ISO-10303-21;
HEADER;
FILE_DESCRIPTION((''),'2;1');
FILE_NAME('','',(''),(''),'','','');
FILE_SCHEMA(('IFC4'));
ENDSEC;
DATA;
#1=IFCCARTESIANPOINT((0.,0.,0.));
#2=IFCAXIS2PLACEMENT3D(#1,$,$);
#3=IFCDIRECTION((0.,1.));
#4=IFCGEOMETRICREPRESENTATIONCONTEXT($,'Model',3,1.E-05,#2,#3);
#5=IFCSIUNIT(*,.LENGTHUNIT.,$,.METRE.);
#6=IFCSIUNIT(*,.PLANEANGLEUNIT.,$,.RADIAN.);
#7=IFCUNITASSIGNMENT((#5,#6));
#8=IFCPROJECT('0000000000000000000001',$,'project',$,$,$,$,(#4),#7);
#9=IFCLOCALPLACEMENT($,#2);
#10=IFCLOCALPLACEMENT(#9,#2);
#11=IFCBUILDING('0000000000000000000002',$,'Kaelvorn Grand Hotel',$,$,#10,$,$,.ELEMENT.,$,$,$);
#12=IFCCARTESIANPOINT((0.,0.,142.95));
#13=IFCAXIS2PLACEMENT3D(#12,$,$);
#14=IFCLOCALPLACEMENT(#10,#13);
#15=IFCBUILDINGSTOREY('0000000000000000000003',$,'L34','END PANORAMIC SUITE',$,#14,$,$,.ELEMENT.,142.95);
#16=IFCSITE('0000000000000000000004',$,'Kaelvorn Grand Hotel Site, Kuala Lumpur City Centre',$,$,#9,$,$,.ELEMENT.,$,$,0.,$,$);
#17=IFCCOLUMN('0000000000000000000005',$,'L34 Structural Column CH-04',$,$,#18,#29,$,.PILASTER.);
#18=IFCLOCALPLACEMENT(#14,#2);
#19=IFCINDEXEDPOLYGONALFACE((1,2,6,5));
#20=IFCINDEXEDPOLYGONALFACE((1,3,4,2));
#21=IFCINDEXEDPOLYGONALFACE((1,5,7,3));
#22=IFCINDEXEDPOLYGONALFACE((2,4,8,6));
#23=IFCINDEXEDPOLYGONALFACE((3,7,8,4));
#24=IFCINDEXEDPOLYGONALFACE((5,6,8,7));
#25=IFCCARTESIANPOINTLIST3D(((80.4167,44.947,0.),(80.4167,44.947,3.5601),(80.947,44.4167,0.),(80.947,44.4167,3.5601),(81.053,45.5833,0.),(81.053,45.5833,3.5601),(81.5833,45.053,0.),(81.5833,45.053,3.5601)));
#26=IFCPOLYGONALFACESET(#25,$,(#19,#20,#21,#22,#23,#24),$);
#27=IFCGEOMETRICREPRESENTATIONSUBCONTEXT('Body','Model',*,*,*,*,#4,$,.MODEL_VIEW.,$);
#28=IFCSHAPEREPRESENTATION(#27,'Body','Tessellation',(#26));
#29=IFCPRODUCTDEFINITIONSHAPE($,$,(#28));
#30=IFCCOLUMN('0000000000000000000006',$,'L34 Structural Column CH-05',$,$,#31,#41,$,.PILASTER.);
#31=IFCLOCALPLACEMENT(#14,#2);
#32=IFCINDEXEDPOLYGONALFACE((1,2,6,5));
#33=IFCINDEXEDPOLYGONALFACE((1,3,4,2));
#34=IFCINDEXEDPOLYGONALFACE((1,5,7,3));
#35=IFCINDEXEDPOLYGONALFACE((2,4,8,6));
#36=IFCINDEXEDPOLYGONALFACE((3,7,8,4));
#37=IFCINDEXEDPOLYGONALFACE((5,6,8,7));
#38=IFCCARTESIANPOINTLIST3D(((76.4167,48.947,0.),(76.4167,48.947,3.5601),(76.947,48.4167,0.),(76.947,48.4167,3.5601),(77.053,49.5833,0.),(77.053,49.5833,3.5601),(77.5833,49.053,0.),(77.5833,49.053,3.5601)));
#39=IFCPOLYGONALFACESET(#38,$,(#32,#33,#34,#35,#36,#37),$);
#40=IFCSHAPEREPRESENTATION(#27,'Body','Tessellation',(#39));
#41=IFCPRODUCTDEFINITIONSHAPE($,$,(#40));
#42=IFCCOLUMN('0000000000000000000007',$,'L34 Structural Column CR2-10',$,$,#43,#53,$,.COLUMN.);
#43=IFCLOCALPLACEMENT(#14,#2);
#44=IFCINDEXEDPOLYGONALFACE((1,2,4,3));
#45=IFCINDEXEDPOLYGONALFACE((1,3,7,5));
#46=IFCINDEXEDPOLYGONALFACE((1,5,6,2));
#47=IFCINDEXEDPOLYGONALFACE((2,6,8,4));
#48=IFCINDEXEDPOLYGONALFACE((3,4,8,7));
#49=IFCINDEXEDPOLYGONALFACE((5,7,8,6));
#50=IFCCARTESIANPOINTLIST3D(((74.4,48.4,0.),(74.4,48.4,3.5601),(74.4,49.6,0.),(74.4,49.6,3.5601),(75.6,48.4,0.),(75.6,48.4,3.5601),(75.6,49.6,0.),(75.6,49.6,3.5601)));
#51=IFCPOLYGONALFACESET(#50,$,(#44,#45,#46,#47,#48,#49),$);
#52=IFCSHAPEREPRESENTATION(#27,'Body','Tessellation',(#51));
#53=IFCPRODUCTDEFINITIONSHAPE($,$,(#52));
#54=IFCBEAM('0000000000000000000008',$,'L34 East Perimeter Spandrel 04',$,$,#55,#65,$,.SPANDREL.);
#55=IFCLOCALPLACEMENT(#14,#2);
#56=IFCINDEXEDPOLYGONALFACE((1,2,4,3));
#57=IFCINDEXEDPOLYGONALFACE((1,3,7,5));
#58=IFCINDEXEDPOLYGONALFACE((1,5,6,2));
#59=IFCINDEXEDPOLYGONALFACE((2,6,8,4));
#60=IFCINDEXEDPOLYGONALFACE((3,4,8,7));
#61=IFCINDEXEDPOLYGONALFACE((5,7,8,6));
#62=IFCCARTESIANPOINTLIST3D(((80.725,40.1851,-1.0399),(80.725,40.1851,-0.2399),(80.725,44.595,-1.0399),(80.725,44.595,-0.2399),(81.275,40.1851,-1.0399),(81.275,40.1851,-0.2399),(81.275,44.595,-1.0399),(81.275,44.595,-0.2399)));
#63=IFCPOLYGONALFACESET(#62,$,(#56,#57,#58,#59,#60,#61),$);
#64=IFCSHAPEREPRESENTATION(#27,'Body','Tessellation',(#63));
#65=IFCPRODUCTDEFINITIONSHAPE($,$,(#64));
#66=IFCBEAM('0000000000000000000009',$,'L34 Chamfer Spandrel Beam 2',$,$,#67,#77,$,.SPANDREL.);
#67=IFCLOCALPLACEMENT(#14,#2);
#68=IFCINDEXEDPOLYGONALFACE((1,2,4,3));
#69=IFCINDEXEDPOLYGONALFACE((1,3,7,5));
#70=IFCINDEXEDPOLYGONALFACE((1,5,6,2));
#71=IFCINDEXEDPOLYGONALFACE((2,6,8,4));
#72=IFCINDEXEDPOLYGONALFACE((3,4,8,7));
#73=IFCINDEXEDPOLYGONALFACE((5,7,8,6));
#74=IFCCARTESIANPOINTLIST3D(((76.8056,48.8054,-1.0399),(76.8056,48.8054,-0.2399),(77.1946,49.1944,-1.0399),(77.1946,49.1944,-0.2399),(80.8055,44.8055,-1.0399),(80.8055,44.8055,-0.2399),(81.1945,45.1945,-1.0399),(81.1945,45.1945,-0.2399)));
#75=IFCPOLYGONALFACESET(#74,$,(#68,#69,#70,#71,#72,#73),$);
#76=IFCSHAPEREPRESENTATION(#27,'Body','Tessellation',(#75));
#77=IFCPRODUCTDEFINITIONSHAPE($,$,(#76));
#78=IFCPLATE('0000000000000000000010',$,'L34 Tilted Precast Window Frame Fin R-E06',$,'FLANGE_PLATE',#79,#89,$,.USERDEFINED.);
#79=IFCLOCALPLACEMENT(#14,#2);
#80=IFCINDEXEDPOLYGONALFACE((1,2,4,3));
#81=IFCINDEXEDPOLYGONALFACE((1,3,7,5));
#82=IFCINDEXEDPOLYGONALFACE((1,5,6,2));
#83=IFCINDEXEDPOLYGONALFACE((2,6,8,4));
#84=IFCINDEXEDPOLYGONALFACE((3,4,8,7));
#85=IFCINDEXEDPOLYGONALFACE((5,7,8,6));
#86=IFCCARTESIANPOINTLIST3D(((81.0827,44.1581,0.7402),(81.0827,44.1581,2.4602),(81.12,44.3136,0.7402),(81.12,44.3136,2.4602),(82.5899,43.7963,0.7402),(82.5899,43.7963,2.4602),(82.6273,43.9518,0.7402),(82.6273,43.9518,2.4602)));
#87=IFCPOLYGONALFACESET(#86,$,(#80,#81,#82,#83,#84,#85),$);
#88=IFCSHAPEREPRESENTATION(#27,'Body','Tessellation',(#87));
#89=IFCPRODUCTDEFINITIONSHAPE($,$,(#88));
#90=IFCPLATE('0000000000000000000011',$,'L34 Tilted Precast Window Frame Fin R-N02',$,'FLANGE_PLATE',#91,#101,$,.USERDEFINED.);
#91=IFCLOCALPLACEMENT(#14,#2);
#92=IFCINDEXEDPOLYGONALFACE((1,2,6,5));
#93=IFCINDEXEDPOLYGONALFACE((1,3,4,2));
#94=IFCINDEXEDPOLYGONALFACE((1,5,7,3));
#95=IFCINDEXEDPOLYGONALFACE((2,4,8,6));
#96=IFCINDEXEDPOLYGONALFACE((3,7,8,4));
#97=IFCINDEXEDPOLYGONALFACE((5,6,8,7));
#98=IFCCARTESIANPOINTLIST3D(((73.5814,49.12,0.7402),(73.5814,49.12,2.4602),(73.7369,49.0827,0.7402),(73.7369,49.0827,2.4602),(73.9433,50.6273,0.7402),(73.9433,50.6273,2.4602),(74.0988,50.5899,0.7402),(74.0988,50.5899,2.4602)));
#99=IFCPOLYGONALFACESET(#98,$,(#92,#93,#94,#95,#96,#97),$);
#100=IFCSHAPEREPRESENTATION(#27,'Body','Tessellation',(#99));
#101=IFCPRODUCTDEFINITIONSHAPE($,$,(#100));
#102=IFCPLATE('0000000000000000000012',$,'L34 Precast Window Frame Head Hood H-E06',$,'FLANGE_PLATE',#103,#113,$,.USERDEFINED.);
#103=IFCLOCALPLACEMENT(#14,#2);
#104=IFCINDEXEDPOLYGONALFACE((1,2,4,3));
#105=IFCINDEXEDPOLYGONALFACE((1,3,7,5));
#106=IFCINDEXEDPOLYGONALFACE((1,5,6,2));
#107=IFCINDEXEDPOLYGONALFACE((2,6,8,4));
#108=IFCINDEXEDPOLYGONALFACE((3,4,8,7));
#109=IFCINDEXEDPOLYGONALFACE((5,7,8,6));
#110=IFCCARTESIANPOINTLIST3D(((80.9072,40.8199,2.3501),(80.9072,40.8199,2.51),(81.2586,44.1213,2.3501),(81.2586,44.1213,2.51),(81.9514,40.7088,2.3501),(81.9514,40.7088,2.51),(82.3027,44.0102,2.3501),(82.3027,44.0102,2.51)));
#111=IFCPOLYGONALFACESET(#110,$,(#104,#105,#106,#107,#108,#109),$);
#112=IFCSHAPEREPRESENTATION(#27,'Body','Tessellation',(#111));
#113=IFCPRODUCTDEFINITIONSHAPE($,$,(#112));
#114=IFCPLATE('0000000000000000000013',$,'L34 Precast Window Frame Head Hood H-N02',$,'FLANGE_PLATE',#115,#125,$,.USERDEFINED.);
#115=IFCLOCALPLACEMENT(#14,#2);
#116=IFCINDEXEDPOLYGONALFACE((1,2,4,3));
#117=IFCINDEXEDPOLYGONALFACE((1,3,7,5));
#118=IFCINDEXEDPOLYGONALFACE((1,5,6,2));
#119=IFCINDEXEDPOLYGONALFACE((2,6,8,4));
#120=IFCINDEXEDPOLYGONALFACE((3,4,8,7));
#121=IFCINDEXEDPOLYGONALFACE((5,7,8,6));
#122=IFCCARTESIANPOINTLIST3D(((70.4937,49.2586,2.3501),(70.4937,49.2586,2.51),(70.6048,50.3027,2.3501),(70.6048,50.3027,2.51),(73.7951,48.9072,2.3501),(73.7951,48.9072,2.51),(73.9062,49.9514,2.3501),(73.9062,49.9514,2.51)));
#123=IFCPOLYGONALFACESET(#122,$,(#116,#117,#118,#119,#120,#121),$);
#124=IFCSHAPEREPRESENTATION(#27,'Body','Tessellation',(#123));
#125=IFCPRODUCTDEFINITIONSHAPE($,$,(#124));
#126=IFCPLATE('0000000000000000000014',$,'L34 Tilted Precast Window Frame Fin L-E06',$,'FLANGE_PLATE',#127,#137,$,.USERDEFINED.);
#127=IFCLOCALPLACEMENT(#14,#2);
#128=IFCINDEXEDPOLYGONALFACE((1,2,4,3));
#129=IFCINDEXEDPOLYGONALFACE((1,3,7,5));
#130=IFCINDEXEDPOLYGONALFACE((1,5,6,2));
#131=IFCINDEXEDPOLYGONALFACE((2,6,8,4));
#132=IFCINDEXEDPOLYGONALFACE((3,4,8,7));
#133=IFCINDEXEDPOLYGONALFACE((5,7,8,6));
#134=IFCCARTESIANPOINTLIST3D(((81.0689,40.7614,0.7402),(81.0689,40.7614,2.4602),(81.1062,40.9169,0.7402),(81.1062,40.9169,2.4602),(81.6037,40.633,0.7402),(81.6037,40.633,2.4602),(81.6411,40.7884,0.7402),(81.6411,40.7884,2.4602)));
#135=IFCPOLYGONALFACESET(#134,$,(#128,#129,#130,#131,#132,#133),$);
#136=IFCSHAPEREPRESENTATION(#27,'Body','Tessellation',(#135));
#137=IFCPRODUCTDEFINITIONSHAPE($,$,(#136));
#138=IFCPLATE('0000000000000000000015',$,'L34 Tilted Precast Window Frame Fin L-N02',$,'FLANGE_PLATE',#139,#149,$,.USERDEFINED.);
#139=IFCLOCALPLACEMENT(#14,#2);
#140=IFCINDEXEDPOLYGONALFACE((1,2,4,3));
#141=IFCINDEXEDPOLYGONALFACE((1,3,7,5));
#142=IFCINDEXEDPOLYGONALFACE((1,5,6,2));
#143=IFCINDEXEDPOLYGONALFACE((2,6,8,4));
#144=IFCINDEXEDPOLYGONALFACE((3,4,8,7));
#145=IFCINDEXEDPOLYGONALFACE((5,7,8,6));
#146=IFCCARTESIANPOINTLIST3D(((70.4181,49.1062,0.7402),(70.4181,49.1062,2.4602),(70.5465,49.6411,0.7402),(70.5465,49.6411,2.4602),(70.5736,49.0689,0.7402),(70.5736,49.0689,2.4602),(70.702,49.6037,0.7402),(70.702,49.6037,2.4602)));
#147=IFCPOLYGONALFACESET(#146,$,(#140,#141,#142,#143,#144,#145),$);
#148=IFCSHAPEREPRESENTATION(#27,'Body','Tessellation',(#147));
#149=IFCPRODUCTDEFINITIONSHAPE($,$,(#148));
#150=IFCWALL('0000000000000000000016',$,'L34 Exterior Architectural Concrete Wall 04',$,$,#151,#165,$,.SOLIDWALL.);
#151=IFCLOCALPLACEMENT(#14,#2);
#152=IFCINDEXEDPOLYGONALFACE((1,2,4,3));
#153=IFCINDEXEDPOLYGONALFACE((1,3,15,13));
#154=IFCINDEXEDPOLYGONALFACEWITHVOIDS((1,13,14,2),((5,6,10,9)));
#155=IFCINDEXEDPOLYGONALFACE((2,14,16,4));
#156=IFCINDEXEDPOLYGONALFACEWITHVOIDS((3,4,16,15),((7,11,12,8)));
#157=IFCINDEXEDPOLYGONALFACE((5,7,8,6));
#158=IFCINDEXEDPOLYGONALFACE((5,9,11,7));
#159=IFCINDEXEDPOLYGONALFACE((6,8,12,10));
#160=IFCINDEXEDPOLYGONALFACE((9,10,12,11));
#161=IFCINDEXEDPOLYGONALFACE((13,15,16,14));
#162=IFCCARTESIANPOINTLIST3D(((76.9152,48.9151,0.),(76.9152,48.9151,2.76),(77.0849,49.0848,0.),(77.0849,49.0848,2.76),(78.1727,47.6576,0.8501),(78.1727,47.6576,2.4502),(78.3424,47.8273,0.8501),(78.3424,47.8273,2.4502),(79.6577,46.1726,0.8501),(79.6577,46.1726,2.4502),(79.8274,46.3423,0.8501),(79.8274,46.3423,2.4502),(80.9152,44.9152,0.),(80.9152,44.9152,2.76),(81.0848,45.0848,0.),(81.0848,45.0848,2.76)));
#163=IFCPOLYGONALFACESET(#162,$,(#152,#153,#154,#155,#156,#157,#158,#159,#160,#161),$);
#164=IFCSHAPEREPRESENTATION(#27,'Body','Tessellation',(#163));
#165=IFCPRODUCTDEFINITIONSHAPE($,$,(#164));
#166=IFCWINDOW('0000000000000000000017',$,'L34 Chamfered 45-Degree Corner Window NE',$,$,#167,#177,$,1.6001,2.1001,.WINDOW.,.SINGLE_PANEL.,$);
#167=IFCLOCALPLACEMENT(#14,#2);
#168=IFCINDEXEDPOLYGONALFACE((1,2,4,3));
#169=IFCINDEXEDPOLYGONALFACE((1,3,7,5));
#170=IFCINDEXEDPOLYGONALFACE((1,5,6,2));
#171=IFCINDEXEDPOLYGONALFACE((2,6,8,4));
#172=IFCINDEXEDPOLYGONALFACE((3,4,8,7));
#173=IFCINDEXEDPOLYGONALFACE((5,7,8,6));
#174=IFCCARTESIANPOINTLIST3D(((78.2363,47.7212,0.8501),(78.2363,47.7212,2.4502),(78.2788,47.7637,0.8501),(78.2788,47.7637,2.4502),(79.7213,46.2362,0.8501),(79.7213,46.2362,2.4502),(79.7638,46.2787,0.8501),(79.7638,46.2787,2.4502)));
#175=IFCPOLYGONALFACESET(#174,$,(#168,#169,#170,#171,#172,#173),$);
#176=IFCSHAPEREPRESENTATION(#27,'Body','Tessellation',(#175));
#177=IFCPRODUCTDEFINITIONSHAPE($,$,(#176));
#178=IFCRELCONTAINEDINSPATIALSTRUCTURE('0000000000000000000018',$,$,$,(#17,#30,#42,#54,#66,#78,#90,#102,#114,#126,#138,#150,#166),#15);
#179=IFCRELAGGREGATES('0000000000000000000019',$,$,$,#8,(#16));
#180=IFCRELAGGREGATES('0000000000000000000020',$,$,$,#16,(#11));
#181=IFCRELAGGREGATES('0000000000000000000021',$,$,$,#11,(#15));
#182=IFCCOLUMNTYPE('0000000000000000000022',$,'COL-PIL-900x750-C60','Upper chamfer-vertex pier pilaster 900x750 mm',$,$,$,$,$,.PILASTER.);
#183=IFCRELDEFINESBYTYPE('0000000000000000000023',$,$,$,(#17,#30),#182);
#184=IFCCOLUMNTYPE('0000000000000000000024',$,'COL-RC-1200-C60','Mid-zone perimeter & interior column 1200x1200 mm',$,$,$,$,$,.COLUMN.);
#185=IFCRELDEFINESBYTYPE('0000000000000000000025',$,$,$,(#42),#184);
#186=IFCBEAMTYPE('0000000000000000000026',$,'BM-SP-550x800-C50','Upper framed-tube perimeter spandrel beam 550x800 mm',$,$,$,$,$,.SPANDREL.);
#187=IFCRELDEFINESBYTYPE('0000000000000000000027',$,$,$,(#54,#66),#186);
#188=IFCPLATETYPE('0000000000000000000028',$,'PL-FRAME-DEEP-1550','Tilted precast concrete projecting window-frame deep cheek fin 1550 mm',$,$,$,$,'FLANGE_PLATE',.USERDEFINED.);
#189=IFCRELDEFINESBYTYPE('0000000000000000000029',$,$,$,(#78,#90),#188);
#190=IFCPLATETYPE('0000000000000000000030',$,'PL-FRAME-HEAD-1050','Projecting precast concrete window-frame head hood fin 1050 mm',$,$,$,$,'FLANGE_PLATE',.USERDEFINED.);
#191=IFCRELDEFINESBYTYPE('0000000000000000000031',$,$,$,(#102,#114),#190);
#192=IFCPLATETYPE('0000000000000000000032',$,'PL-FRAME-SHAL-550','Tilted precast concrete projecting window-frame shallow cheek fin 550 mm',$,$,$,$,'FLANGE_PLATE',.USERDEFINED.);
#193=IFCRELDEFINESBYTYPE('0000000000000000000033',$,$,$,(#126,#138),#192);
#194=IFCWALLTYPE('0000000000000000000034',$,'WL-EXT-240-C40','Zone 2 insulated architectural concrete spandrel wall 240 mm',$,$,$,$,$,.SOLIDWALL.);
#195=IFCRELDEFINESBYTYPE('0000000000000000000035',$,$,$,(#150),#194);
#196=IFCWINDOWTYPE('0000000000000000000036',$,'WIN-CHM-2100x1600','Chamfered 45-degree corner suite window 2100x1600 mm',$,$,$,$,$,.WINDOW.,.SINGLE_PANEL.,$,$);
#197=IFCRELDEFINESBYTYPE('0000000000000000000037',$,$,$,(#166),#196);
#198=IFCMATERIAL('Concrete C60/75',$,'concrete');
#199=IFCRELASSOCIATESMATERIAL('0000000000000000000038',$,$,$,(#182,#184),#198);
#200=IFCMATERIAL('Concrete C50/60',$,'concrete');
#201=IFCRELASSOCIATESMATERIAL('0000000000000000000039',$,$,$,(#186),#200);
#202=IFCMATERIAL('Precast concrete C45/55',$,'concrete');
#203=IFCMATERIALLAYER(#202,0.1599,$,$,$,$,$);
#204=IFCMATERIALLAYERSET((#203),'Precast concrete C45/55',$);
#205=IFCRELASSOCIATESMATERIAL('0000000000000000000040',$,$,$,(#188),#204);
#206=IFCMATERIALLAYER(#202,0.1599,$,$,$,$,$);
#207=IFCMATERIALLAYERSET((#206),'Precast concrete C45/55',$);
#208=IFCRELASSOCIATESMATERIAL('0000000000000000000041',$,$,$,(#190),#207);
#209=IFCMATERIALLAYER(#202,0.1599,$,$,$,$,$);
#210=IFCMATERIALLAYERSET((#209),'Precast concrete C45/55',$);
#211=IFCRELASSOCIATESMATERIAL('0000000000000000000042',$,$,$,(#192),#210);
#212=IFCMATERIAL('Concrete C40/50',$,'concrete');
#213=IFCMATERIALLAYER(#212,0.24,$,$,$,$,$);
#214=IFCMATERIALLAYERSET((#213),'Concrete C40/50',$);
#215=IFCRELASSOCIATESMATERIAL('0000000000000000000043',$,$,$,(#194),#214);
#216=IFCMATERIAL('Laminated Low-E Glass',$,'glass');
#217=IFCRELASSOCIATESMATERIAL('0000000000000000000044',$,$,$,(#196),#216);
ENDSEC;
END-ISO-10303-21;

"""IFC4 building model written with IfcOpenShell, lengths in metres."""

from ifc_helpers import new_model, si_unit, direction, frame, frame_2d, origin, origin_2d, place, context, subcontext, project, spatial, rectangle, extrude, material, layer, layer_set, material_profile, profile_set, type_object, element, fill, save


model = new_model("IFC4")

# Units and contexts
model_context = context("Model", 3, precision=1e-05, world=origin(), true_north=direction((0.0, 1.0)))
body_context = subcontext(model_context, "Body", "Model", "MODEL_VIEW")
ifc_project = project(units=[si_unit("LENGTHUNIT", "METRE"), si_unit("PLANEANGLEUNIT", "RADIAN")], contexts=[model_context])

# Site, building, storey
site_placement = place(None, origin())
site = spatial("IfcSite", under=ifc_project, at=site_placement, Name="Kaelvorn Grand Hotel Site, Kuala Lumpur City Centre", CompositionType="ELEMENT", RefElevation=0.0)
building_placement = place(site_placement, origin())
building = spatial("IfcBuilding", under=site, at=building_placement, Name="Kaelvorn Grand Hotel", CompositionType="ELEMENT")
storey_placement = place(building_placement, frame((0.0, 0.0, 142.95)))
storey = spatial("IfcBuildingStorey", under=building, at=storey_placement, Name="L34", Description="END PANORAMIC SUITE", CompositionType="ELEMENT", Elevation=142.95)

# Columns
ifc_material_1 = material(Name="Concrete C60/75", Category="concrete")
ifc_material_profile_1 = material_profile(ifc_material_1, rectangle(XDim=0.8999, YDim=0.75, at=origin_2d()), Name="RC PILASTER 900x750")
ifc_profile_set_1 = profile_set([ifc_material_profile_1], Name="Concrete C60/75")
column_type_1 = type_object("IfcColumnType", Name="COL-PIL-900x750-C60", Description="Upper chamfer-vertex pier pilaster 900x750 mm", PredefinedType="PILASTER", material=ifc_profile_set_1)
for number, where, z_axis, x_axis, name in (
    (1, (81.0, 45.0, 0.0), (0.0, 0.0, 1.0), (0.707107, 0.707107, 0.0), "L34 Structural Column CH-04"),
    (2, (77.0, 49.0, 0.0), (0.0, 0.0, 1.0), (0.707107, 0.707107, 0.0), "L34 Structural Column CH-05"),
):
    element("IfcColumn", number, at=place(storey_placement, frame(where, z_axis=z_axis, x_axis=x_axis)), inside=storey, type_object=column_type_1, Name=name, PredefinedType="PILASTER", context=body_context, shape_type="SweptSolid", body=[
        extrude(rectangle(XDim=0.8999, YDim=0.75, at=origin_2d()), origin(), (0.0, 0.0, 1.0), 3.5601),
    ])
ifc_material_profile_2 = material_profile(ifc_material_1, rectangle(XDim=1.2, YDim=1.2, at=origin_2d()), Name="RC COL 1200x1200")
ifc_profile_set_2 = profile_set([ifc_material_profile_2], Name="Concrete C60/75")
column_type_2 = type_object("IfcColumnType", Name="COL-RC-1200-C60", Description="Mid-zone perimeter & interior column 1200x1200 mm", PredefinedType="COLUMN", material=ifc_profile_set_2)
column_placement = place(storey_placement, frame((75.0, 49.0, 0.0), z_axis=(0.0, 0.0, 1.0), x_axis=(1.0, 0.0, 0.0)))
element("IfcColumn", 3, at=column_placement, inside=storey, type_object=column_type_2, Name="L34 Structural Column CR2-10", PredefinedType="COLUMN", context=body_context, shape_type="SweptSolid", body=[
    extrude(rectangle(XDim=1.2, YDim=1.2, at=origin_2d()), origin(), (0.0, 0.0, 1.0), 3.5601),
])

# Beams
ifc_material_2 = material(Name="Concrete C50/60", Category="concrete")
ifc_material_profile_3 = material_profile(ifc_material_2, rectangle(XDim=0.55, YDim=0.8, at=origin_2d()), Name="RC SPANDREL 550x800")
ifc_profile_set_3 = profile_set([ifc_material_profile_3], Name="Concrete C50/60")
beam_type = type_object("IfcBeamType", Name="BM-SP-550x800-C50", Description="Upper framed-tube perimeter spandrel beam 550x800 mm", PredefinedType="SPANDREL", material=ifc_profile_set_3)
beam_1_placement = place(storey_placement, frame((81.0, 40.1851, -0.6399), z_axis=(0.0, 1.0, 0.0), x_axis=(-1.0, 0.0, 0.0)))
element("IfcBeam", 4, at=beam_1_placement, inside=storey, type_object=beam_type, Name="L34 East Perimeter Spandrel 04", PredefinedType="SPANDREL", context=body_context, shape_type="SweptSolid", body=[
    extrude(rectangle(XDim=0.55, YDim=0.8, at=origin_2d()), origin(), (0.0, 0.0, 1.0), 4.4099),
])
beam_2_placement = place(storey_placement, frame((81.0, 45.0, -0.6399), z_axis=(-0.707107, 0.707107, 0.0), x_axis=(-0.707107, -0.707107, 0.0)))
element("IfcBeam", 5, at=beam_2_placement, inside=storey, type_object=beam_type, Name="L34 Chamfer Spandrel Beam 2", PredefinedType="SPANDREL", context=body_context, shape_type="SweptSolid", body=[
    extrude(rectangle(XDim=0.55, YDim=0.8, at=origin_2d()), origin(), (0.0, 0.0, 1.0), 5.6567),
])

# Plates
ifc_material_3 = material(Name="Precast concrete C45/55", Category="concrete")
ifc_layer_1 = layer(ifc_material_3, 0.1599)
ifc_layer_set_1 = layer_set([ifc_layer_1], Name="Precast concrete C45/55")
plate_type_1 = type_object("IfcPlateType", Name="PL-FRAME-DEEP-1550", Description="Tilted precast concrete projecting window-frame deep cheek fin 1550 mm", ElementType="FLANGE_PLATE", PredefinedType="USERDEFINED", material=ifc_layer_set_1)
for number, where, z_axis, x_axis, name in (
    (6, (81.855, 44.0549, 0.7402), (0.0, 0.0, 1.0), (0.233445, 0.97237, 0.0), "L34 Tilted Precast Window Frame Fin R-E06"),
    (7, (73.8401, 49.855, 0.7402), (0.0, 0.0, 1.0), (0.97237, -0.233445, 0.0), "L34 Tilted Precast Window Frame Fin R-N02"),
):
    element("IfcPlate", number, at=place(storey_placement, frame(where, z_axis=z_axis, x_axis=x_axis)), inside=storey, type_object=plate_type_1, Name=name, ObjectType="FLANGE_PLATE", PredefinedType="USERDEFINED", context=body_context, shape_type="SweptSolid", body=[
        extrude(rectangle(XDim=0.1599, YDim=1.55, at=origin_2d()), origin(), (0.0, 0.0, 1.0), 1.72),
    ])
ifc_layer_2 = layer(ifc_material_3, 0.1599)
ifc_layer_set_2 = layer_set([ifc_layer_2], Name="Precast concrete C45/55")
plate_type_2 = type_object("IfcPlateType", Name="PL-FRAME-HEAD-1050", Description="Projecting precast concrete window-frame head hood fin 1050 mm", ElementType="FLANGE_PLATE", PredefinedType="USERDEFINED", material=ifc_layer_set_2)
for number, where, z_axis, x_axis, name in (
    (8, (81.605, 42.415, 2.3501), (0.0, 0.0, 1.0), (0.10583, 0.994384, 0.0), "L34 Precast Window Frame Head Hood H-E06"),
    (9, (72.2, 49.605, 2.3501), (0.0, 0.0, 1.0), (0.994384, -0.10583, 0.0), "L34 Precast Window Frame Head Hood H-N02"),
):
    element("IfcPlate", number, at=place(storey_placement, frame(where, z_axis=z_axis, x_axis=x_axis)), inside=storey, type_object=plate_type_2, Name=name, ObjectType="FLANGE_PLATE", PredefinedType="USERDEFINED", context=body_context, shape_type="SweptSolid", body=[
        extrude(rectangle(XDim=3.3201, YDim=1.05, at=origin_2d()), origin(), (0.0, 0.0, 1.0), 0.1599),
    ])
ifc_layer_3 = layer(ifc_material_3, 0.1599)
ifc_layer_set_3 = layer_set([ifc_layer_3], Name="Precast concrete C45/55")
plate_type_3 = type_object("IfcPlateType", Name="PL-FRAME-SHAL-550", Description="Tilted precast concrete projecting window-frame shallow cheek fin 550 mm", ElementType="FLANGE_PLATE", PredefinedType="USERDEFINED", material=ifc_layer_set_3)
for number, where, z_axis, x_axis, name in (
    (10, (81.355, 40.7749, 0.7402), (0.0, 0.0, 1.0), (0.233445, 0.97237, 0.0), "L34 Tilted Precast Window Frame Fin L-E06"),
    (11, (70.5601, 49.355, 0.7402), (0.0, 0.0, 1.0), (0.97237, -0.233445, 0.0), "L34 Tilted Precast Window Frame Fin L-N02"),
):
    element("IfcPlate", number, at=place(storey_placement, frame(where, z_axis=z_axis, x_axis=x_axis)), inside=storey, type_object=plate_type_3, Name=name, ObjectType="FLANGE_PLATE", PredefinedType="USERDEFINED", context=body_context, shape_type="SweptSolid", body=[
        extrude(rectangle(XDim=0.1599, YDim=0.55, at=origin_2d()), origin(), (0.0, 0.0, 1.0), 1.72),
    ])

# Wall, opening, window
ifc_material_4 = material(Name="Concrete C40/50", Category="concrete")
ifc_layer_4 = layer(ifc_material_4, 0.24)
ifc_layer_set_4 = layer_set([ifc_layer_4], Name="Concrete C40/50")
wall_type = type_object("IfcWallType", Name="WL-EXT-240-C40", Description="Zone 2 insulated architectural concrete spandrel wall 240 mm", PredefinedType="SOLIDWALL", material=ifc_layer_set_4)
wall_1_placement = place(storey_placement, frame((81.0, 45.0, 0.0), z_axis=(0.0, 0.0, 1.0), x_axis=(-0.707107, 0.707107, 0.0)))
wall_1 = element("IfcWall", 12, at=wall_1_placement, inside=storey, type_object=wall_type, Name="L34 Exterior Architectural Concrete Wall 04", PredefinedType="SOLIDWALL", context=body_context, shape_type="SweptSolid", body=[
    extrude(rectangle(XDim=5.6567, YDim=0.24, at=frame_2d((2.8284, 0.0))), origin(), (0.0, 0.0, 1.0), 2.76),
])
opening_1_placement = place(wall_1_placement, frame((1.7783, 0.0, 0.8501)))
opening_1 = element("IfcOpeningElement", 13, at=opening_1_placement, cuts=wall_1, PredefinedType="OPENING", context=body_context, shape_type="SweptSolid", body=[
    extrude(rectangle(XDim=2.1001, YDim=1.6001, at=frame_2d((1.05, 0.8))), frame((0.0, 0.1299, 0.0), z_axis=(0.0, -1.0, 0.0), x_axis=(1.0, 0.0, 0.0)), (0.0, 0.0, 1.0), 0.26),
])
ifc_material_5 = material(Name="Laminated Low-E Glass", Category="glass")
window_type_1 = type_object("IfcWindowType", Name="WIN-CHM-2100x1600", Description="Chamfered 45-degree corner suite window 2100x1600 mm", PartitioningType="SINGLE_PANEL", PredefinedType="WINDOW", material=ifc_material_5)
window_1_placement = place(opening_1_placement, origin())
window_1 = element("IfcWindow", 14, at=window_1_placement, inside=storey, type_object=window_type_1, Name="L34 Chamfered 45-Degree Corner Window NE", OverallHeight=1.6001, OverallWidth=2.1001, PartitioningType="SINGLE_PANEL", PredefinedType="WINDOW", context=body_context, shape_type="SweptSolid", body=[
    extrude(rectangle(XDim=2.1001, YDim=1.6001, at=frame_2d((1.05, 0.8))), frame((0.0, 0.03, 0.0), z_axis=(0.0, -1.0, 0.0), x_axis=(1.0, 0.0, 0.0)), (0.0, 0.0, 1.0), 0.0601),
])
fill(opening_1, window_1)

save(model, "model.ifc")
